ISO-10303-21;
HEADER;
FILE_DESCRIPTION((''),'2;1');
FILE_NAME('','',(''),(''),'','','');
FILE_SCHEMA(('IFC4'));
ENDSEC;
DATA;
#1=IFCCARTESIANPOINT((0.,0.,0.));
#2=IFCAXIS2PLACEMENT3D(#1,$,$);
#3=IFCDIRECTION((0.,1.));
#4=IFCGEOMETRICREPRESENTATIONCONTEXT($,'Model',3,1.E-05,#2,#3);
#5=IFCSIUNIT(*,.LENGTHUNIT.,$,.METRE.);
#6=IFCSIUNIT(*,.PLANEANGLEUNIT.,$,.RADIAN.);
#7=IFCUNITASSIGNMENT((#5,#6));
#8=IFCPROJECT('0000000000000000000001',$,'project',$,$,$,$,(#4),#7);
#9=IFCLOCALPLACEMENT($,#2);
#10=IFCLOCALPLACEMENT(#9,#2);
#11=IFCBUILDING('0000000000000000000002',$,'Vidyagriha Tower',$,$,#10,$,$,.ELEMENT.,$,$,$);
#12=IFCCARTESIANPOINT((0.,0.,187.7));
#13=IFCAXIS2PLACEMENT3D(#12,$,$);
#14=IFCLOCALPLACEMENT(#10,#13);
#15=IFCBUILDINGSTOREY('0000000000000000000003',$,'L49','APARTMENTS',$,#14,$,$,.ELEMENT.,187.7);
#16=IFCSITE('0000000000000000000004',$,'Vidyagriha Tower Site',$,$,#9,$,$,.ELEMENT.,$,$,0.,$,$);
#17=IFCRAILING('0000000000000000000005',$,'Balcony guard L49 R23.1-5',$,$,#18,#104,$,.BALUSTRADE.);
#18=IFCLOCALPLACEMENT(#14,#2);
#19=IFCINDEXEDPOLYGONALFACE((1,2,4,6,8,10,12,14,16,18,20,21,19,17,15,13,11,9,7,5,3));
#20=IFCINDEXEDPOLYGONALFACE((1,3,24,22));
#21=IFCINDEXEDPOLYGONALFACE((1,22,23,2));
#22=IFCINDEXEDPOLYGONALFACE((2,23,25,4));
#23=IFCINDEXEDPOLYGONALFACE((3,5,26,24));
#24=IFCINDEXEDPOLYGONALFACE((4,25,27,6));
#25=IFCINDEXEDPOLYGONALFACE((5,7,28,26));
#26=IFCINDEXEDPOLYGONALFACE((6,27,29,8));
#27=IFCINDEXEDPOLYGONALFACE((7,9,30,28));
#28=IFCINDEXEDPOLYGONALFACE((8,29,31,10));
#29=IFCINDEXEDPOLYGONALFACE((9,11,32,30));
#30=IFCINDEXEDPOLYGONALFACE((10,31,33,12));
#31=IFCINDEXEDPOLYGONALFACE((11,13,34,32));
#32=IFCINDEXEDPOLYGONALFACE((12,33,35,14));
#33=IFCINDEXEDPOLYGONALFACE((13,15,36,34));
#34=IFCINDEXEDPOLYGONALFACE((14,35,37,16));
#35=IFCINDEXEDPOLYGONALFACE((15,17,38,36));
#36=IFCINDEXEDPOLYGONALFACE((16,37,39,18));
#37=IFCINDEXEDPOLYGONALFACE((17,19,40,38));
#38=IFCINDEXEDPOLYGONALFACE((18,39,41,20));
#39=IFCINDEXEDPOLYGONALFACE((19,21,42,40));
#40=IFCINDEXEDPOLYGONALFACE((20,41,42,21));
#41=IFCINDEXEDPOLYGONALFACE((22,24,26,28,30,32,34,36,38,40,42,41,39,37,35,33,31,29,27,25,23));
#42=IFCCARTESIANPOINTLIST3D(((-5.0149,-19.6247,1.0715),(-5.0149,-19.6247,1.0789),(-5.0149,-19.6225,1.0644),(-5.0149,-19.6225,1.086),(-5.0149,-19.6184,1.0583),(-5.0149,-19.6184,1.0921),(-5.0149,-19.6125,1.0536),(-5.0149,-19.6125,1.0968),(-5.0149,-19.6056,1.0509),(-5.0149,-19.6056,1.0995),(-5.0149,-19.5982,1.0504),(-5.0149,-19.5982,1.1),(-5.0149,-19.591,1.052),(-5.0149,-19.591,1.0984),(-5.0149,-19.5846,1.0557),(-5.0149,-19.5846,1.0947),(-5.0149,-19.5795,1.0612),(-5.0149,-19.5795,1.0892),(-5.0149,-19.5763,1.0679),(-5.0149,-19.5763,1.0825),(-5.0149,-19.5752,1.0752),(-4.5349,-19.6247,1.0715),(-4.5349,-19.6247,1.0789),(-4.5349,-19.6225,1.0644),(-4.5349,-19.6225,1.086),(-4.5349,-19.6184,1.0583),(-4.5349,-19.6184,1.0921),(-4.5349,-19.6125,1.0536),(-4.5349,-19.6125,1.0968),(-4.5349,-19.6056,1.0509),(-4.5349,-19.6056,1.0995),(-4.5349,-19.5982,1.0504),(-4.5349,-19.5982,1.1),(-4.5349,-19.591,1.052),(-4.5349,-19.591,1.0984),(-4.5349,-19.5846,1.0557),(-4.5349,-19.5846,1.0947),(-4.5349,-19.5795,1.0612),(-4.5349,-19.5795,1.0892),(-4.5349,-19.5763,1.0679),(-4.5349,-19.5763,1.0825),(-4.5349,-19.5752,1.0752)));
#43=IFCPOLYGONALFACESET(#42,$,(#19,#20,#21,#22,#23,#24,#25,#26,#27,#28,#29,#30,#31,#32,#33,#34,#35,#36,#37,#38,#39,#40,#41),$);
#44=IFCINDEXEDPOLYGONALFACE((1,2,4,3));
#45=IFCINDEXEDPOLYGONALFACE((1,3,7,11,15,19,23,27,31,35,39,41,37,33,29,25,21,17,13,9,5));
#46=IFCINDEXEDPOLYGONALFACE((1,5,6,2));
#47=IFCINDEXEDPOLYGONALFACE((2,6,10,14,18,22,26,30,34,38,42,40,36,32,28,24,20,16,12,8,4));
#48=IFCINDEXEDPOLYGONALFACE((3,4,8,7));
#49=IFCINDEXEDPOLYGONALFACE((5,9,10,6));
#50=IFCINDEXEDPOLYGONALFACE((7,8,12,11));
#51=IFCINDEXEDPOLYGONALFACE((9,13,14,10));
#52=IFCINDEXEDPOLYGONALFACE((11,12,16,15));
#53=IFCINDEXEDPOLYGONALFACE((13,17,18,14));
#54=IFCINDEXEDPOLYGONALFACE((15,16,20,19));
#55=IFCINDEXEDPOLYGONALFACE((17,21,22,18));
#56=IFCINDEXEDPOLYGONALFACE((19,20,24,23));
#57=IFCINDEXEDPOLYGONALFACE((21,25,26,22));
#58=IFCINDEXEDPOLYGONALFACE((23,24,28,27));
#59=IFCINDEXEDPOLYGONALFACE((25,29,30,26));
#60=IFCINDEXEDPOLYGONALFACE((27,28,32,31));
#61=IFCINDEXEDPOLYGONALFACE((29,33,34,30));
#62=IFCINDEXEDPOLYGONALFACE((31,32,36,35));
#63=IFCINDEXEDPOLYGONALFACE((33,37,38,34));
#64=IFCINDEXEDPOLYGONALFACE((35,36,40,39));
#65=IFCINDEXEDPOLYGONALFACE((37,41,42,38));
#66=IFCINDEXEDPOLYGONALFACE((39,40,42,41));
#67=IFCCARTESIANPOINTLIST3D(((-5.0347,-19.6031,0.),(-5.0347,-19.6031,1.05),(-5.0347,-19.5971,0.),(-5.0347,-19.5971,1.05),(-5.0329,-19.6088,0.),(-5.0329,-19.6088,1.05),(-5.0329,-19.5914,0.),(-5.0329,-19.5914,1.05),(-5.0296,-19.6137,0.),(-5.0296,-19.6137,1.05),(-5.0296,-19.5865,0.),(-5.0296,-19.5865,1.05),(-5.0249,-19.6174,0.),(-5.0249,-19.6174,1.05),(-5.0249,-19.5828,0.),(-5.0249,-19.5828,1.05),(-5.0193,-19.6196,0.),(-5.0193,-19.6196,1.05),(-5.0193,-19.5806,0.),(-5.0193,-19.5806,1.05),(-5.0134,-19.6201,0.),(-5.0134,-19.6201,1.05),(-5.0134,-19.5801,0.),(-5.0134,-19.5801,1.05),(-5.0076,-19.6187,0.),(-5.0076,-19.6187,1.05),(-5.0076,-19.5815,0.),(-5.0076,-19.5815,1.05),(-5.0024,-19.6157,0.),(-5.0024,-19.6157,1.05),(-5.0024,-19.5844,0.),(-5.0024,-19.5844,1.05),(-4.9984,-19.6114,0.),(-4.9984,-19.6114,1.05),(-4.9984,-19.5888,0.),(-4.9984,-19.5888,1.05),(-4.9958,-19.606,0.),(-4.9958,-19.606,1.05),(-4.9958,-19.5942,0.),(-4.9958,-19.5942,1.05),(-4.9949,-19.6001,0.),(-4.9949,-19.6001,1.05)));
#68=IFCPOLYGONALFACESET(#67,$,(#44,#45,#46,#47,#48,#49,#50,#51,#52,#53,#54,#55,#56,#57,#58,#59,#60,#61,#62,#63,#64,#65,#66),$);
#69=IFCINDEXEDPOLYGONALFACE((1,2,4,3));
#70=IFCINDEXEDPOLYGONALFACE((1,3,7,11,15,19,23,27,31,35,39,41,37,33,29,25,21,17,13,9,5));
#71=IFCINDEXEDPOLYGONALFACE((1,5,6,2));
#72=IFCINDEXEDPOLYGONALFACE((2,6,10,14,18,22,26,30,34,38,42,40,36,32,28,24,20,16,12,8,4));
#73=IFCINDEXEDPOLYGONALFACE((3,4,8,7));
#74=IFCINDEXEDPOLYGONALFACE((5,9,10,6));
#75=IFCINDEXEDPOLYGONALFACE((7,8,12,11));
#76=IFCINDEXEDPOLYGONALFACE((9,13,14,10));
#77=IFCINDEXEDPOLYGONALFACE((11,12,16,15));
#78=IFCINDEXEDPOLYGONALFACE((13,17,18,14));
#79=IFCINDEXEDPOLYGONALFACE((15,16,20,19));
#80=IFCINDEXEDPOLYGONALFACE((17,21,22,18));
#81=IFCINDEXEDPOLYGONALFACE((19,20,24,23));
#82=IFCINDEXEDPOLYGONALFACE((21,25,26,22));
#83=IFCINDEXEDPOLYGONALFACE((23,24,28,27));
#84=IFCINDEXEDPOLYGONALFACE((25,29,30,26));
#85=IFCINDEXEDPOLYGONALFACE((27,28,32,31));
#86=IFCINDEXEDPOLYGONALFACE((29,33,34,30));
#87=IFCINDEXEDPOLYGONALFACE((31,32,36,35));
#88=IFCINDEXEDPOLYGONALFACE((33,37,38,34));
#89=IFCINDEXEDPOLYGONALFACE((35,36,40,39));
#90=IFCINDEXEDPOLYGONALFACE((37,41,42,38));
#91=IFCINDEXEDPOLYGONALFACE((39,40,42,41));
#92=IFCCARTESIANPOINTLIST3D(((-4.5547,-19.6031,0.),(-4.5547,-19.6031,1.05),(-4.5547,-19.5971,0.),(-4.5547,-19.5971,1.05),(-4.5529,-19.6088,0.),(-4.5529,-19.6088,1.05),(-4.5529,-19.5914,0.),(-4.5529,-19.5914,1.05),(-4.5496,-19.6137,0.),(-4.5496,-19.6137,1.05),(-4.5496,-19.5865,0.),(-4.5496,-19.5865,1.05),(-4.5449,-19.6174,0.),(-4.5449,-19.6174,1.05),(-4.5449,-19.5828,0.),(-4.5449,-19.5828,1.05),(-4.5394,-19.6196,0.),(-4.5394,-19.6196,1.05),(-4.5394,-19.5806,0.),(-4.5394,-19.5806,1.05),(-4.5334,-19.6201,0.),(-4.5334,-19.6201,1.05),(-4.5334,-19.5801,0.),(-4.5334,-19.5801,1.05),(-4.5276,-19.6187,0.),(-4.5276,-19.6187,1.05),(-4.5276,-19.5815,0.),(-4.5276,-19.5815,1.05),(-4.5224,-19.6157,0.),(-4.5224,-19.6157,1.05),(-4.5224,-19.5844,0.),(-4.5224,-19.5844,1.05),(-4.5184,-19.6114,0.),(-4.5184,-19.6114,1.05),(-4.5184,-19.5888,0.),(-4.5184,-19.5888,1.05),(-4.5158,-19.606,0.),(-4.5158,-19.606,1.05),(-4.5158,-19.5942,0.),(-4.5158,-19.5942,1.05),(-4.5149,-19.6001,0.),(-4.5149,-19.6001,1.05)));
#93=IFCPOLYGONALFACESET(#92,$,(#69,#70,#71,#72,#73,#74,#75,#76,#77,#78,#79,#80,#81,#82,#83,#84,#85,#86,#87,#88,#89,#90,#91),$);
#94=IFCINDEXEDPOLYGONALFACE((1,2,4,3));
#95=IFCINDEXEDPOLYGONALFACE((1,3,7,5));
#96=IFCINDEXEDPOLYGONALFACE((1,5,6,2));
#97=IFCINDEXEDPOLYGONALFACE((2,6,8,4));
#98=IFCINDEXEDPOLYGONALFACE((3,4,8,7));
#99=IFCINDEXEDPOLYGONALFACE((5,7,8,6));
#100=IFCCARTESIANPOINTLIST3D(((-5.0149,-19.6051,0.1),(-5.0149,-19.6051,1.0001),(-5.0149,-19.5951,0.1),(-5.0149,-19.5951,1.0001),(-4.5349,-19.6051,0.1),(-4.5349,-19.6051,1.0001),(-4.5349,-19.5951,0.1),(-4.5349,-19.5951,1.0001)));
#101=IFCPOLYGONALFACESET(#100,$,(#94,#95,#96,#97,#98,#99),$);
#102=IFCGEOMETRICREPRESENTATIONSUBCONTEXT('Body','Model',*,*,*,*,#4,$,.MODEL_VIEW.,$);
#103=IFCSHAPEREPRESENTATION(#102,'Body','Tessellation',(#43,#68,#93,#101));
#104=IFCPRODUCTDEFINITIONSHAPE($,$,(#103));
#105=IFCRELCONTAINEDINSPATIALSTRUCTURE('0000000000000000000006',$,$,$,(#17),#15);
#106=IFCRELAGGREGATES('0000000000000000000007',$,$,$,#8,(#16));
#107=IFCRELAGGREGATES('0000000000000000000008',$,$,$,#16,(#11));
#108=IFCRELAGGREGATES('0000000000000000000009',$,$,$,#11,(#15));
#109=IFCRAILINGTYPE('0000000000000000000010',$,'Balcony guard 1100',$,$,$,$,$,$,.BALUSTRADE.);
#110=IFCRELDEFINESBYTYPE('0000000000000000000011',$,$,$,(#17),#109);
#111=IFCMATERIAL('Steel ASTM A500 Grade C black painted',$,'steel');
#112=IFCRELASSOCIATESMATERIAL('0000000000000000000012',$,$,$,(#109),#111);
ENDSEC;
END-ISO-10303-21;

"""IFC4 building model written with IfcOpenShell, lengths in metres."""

from ifc_helpers import new_model, si_unit, direction, frame, origin, origin_2d, place, context, subcontext, project, spatial, rectangle, circle, extrude, material, type_object, element, save


model = new_model("IFC4")

# Units and contexts
model_context = context("Model", 3, precision=1e-05, world=origin(), true_north=direction((0.0, 1.0)))
body_context = subcontext(model_context, "Body", "Model", "MODEL_VIEW")
ifc_project = project(units=[si_unit("LENGTHUNIT", "METRE"), si_unit("PLANEANGLEUNIT", "RADIAN")], contexts=[model_context])

# Site, building, storey
site_placement = place(None, origin())
site = spatial("IfcSite", under=ifc_project, at=site_placement, Name="Vidyagriha Tower Site", CompositionType="ELEMENT", RefElevation=0.0)
building_placement = place(site_placement, origin())
building = spatial("IfcBuilding", under=site, at=building_placement, Name="Vidyagriha Tower", CompositionType="ELEMENT")
storey_placement = place(building_placement, frame((0.0, 0.0, 187.7)))
storey = spatial("IfcBuildingStorey", under=building, at=storey_placement, Name="L49", Description="APARTMENTS", CompositionType="ELEMENT", Elevation=187.7)

# Railing
ifc_material_1 = material(Name="Steel ASTM A500 Grade C black painted", Category="steel")
railing_type = type_object("IfcRailingType", Name="Balcony guard 1100", PredefinedType="BALUSTRADE", material=ifc_material_1)
railing_1_placement = place(storey_placement, frame((-5.0149, -19.6001, 0.0)))
element("IfcRailing", 1, at=railing_1_placement, inside=storey, type_object=railing_type, Name="Balcony guard L49 R23.1-5", PredefinedType="BALUSTRADE", context=body_context, shape_type="SweptSolid", body=[
    extrude(circle(Radius=0.0249, at=origin_2d()), frame((0.0, 0.0, 1.0752), z_axis=(1.0, 0.0, 0.0), x_axis=(0.0, 1.0, 0.0)), (0.0, 0.0, 1.0), 0.48),
    extrude(circle(Radius=0.02, at=origin_2d()), origin(), (0.0, 0.0, 1.0), 1.05),
    extrude(circle(Radius=0.02, at=origin_2d()), frame((0.48, 0.0, 0.0)), (0.0, 0.0, 1.0), 1.05),
    extrude(rectangle(XDim=0.01, YDim=0.9001, at=origin_2d()), frame((0.0, 0.0, 0.55), z_axis=(1.0, 0.0, 0.0), x_axis=(0.0, 1.0, 0.0)), (0.0, 0.0, 1.0), 0.48),
])

save(model, "model.ifc")
